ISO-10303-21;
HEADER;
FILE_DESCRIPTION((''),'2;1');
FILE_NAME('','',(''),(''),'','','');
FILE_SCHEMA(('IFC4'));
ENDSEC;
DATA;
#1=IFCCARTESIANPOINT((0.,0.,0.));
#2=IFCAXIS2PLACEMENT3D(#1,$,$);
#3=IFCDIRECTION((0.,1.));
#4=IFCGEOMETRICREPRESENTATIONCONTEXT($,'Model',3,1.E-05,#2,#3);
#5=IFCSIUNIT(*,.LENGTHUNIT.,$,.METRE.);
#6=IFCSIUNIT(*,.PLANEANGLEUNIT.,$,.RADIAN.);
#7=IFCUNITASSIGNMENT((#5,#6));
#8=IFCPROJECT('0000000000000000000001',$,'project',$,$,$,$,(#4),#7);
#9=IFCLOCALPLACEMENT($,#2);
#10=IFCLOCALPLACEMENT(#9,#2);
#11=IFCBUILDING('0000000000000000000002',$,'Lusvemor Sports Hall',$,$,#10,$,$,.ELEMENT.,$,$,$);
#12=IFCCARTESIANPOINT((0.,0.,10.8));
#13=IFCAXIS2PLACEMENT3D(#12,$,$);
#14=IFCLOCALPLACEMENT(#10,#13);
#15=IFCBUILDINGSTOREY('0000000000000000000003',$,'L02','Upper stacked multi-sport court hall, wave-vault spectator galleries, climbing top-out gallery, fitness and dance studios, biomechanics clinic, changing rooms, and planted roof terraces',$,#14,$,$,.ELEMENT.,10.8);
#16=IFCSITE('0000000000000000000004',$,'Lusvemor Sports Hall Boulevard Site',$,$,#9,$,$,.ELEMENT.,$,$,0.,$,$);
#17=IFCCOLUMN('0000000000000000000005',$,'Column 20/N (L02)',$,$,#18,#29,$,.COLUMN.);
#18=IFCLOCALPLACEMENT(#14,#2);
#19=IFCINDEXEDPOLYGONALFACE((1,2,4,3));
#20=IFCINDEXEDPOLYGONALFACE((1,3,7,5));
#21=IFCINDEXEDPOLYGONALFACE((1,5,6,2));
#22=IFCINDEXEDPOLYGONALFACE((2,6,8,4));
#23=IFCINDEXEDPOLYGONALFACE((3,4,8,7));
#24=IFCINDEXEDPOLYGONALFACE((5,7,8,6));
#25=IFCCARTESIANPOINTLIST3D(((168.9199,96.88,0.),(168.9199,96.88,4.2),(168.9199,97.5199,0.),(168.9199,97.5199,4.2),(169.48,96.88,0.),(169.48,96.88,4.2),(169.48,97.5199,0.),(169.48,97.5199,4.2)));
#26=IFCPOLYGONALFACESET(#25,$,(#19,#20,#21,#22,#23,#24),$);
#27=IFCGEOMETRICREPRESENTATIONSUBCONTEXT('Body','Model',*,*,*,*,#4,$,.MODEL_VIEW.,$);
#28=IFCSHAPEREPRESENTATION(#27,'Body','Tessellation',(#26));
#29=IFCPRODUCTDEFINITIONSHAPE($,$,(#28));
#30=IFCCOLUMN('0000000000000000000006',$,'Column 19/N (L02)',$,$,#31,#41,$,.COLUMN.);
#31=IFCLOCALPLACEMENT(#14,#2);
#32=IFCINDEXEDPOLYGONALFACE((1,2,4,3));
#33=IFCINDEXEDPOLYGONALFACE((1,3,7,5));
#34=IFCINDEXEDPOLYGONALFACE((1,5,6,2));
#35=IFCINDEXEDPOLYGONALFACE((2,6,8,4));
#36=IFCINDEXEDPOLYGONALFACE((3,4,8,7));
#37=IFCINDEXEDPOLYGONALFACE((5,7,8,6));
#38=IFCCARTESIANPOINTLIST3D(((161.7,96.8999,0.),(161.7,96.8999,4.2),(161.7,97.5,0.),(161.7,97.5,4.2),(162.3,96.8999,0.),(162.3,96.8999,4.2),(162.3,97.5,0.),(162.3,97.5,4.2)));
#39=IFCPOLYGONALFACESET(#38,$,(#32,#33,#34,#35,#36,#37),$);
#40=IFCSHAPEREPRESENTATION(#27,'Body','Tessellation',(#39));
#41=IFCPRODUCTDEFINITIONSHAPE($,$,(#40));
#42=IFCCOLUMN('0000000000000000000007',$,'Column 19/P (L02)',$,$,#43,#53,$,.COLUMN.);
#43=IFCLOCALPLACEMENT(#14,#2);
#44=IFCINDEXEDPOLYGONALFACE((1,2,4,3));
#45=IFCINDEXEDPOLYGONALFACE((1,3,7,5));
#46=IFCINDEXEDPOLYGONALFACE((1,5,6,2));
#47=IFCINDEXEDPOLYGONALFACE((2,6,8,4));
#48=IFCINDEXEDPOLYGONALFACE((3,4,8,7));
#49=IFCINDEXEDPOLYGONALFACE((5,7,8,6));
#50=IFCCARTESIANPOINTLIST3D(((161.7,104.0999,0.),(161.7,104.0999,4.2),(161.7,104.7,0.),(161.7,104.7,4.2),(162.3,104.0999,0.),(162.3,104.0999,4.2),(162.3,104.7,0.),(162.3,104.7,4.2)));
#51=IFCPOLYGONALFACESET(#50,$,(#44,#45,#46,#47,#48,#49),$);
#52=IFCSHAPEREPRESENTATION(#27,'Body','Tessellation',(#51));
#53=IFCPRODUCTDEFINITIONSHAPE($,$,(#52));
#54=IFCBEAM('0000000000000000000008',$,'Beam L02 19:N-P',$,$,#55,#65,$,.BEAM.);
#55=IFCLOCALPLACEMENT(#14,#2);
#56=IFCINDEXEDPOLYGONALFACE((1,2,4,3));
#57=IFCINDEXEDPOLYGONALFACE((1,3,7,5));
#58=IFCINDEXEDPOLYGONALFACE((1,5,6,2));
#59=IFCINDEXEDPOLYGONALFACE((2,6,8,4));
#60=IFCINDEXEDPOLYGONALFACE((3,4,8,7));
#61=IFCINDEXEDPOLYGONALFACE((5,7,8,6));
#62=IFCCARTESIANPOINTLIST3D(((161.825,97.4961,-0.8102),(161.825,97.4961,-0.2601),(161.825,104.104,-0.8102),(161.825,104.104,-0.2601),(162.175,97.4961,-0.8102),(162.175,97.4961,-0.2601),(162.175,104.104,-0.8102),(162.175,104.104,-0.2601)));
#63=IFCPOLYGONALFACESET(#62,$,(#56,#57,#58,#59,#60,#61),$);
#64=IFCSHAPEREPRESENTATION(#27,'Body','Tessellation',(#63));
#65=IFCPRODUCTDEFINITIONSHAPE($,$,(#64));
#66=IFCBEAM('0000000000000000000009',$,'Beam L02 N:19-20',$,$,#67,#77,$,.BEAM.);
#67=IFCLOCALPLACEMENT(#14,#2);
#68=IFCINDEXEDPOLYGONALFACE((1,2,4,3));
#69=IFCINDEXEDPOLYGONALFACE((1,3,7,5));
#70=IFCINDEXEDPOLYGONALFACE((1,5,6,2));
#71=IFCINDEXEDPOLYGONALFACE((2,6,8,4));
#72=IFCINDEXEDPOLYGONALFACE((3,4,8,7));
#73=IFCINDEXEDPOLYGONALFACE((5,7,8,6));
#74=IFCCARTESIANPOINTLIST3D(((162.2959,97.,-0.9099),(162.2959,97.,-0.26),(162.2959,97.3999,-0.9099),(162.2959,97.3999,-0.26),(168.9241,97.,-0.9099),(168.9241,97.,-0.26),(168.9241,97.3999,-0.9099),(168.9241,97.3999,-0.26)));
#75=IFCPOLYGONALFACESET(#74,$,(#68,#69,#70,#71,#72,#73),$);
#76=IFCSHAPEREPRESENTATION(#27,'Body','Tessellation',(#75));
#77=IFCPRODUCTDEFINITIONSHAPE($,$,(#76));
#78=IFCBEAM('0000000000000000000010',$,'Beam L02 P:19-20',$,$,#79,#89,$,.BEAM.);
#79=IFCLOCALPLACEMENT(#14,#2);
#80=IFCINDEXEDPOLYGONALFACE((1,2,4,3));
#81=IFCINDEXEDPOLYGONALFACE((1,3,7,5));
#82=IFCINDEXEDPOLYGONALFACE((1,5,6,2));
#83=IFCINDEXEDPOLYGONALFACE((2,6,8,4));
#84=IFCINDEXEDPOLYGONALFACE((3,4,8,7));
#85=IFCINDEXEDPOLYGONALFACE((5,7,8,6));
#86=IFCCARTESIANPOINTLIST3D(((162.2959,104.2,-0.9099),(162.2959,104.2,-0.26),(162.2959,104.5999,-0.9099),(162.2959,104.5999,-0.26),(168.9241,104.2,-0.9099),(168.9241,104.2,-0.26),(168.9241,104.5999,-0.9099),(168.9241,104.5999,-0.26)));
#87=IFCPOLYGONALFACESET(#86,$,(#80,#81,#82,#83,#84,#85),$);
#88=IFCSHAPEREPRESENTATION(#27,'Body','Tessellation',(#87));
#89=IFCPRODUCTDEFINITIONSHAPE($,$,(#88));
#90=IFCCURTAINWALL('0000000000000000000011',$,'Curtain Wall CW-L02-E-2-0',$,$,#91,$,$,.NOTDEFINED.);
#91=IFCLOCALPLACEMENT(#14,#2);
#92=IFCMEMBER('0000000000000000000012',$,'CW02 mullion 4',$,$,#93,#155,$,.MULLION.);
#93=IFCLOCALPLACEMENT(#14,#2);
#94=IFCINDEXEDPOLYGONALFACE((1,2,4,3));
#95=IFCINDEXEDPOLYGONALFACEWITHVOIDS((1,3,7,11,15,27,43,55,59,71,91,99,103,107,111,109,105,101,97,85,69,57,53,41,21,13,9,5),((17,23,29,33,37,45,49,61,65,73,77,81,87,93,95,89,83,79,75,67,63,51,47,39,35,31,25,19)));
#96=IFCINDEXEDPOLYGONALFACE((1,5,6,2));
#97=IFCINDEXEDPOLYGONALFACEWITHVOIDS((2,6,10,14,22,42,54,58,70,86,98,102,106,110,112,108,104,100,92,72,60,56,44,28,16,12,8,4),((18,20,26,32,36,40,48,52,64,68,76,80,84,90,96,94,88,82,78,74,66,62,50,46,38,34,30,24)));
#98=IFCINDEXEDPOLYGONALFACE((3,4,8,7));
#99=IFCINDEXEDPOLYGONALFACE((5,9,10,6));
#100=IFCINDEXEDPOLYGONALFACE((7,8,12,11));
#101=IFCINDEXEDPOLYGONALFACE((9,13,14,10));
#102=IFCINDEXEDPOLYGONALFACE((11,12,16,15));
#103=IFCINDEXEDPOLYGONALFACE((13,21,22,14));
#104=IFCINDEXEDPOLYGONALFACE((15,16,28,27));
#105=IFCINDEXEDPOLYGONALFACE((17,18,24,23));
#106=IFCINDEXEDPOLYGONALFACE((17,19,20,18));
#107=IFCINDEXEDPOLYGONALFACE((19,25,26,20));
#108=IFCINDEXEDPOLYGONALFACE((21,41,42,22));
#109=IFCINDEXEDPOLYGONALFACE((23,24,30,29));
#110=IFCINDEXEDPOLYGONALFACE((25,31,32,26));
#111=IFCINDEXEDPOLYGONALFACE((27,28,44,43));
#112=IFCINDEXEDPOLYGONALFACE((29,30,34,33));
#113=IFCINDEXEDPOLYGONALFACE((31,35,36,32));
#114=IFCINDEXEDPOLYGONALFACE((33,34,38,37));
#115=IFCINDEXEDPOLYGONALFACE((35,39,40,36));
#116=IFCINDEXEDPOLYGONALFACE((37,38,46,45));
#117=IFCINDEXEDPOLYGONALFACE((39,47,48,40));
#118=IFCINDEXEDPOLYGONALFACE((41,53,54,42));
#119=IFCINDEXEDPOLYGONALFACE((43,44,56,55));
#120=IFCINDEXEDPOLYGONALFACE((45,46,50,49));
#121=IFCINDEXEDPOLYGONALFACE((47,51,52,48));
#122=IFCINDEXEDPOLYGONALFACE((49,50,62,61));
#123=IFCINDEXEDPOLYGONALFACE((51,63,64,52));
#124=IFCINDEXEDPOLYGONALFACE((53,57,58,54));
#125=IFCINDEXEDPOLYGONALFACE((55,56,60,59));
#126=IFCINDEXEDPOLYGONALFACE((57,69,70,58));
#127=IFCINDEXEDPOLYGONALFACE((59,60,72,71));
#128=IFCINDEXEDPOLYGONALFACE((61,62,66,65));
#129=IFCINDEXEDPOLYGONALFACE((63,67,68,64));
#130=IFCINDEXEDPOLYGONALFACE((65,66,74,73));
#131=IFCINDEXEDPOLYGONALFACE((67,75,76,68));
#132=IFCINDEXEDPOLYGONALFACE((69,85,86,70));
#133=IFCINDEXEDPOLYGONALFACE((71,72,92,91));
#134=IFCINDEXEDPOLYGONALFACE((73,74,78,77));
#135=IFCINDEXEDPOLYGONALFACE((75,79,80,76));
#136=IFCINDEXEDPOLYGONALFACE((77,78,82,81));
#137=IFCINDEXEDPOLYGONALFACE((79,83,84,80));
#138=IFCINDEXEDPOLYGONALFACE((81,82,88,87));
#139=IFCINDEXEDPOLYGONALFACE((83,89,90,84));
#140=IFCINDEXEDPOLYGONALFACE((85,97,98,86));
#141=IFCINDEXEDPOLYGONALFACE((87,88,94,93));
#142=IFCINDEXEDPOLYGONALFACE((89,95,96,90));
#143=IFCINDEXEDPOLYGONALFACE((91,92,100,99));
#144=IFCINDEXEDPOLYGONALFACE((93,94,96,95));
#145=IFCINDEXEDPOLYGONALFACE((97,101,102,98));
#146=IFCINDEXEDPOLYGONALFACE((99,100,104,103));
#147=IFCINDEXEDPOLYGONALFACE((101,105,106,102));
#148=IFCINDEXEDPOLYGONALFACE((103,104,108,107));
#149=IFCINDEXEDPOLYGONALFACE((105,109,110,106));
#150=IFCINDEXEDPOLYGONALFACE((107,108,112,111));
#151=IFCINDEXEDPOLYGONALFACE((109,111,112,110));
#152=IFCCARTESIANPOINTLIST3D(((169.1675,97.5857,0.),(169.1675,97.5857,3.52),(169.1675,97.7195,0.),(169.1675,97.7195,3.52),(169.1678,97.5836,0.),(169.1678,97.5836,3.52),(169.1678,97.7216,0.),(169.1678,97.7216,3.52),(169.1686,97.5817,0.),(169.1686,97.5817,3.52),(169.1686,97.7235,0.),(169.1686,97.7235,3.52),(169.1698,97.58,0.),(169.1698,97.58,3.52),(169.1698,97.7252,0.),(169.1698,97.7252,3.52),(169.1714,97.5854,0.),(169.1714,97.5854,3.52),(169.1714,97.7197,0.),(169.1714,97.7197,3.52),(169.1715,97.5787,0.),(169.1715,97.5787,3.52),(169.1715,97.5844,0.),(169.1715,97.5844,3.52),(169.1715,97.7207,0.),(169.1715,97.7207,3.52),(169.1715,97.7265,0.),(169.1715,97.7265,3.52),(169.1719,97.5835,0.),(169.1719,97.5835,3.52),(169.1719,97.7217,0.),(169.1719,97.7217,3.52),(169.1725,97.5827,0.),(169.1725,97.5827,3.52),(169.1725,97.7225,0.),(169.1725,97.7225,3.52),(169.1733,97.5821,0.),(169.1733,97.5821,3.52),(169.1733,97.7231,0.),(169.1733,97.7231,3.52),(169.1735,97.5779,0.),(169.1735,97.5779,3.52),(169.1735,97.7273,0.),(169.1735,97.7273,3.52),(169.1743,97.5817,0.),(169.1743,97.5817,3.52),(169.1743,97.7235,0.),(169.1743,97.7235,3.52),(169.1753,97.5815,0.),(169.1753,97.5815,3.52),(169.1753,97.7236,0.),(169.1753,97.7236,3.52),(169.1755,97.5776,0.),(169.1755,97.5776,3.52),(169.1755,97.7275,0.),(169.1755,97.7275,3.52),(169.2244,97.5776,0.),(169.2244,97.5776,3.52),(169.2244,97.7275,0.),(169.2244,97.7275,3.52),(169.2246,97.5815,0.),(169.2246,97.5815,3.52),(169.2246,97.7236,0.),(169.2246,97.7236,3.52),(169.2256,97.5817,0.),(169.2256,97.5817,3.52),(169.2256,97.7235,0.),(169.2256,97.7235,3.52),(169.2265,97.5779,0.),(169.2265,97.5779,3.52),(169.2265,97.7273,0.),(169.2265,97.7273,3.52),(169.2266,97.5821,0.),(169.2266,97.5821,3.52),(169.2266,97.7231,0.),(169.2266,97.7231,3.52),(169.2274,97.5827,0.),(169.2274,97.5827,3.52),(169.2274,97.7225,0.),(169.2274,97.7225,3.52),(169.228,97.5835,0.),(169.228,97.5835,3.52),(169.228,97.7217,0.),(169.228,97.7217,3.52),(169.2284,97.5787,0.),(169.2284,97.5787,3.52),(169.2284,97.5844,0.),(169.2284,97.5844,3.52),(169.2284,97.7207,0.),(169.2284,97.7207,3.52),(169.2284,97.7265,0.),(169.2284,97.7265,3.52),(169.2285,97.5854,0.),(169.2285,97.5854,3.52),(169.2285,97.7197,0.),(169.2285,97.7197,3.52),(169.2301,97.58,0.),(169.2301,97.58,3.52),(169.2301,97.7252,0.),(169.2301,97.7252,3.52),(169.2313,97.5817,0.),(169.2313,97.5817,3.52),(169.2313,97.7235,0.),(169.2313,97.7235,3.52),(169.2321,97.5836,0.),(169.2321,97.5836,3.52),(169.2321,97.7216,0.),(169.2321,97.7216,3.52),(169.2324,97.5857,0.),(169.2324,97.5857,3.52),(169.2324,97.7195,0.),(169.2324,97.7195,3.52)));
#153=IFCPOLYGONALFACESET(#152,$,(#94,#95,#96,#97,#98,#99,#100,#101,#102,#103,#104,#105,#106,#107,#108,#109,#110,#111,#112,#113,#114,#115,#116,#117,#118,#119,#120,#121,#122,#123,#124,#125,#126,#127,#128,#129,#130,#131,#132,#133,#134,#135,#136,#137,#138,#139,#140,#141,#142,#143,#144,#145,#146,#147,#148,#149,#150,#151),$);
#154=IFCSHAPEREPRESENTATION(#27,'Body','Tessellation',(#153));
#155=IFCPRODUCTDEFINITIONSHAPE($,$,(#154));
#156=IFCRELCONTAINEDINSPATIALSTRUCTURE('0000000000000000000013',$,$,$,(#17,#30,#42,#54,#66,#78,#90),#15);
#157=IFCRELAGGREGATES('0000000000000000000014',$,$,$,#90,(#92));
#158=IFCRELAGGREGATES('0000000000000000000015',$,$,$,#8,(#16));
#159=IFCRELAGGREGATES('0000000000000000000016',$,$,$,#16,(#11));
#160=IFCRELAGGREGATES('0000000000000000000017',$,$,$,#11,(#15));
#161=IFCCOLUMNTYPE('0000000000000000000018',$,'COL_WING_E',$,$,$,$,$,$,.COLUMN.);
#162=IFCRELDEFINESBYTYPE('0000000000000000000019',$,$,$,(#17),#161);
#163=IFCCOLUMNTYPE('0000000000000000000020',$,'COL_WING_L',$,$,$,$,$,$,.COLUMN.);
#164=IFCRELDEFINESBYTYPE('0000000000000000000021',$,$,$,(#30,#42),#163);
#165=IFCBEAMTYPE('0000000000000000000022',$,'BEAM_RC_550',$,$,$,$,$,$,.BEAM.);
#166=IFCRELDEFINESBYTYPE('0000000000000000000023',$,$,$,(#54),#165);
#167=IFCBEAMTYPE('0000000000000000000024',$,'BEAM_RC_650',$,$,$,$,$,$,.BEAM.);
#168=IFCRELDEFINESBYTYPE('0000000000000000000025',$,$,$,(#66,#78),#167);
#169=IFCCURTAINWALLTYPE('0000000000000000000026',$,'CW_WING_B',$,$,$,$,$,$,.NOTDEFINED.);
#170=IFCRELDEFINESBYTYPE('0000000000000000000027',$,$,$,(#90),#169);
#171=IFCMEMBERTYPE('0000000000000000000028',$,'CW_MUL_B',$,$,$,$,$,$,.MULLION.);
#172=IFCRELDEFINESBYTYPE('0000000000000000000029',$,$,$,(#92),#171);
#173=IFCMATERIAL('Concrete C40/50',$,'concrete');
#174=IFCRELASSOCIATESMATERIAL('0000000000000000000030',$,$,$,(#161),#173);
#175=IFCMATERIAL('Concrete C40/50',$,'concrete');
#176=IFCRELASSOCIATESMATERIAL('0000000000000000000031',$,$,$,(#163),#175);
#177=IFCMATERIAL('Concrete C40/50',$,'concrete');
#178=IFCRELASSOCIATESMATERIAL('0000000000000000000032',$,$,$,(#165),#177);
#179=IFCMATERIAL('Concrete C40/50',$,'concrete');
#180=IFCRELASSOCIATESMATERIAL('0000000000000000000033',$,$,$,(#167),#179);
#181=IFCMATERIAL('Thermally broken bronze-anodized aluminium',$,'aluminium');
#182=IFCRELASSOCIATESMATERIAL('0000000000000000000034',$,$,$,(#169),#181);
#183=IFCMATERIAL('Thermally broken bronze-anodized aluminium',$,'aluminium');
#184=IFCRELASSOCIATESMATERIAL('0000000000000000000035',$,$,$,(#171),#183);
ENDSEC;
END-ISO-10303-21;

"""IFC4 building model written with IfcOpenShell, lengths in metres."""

from ifc_helpers import new_model, si_unit, direction, frame, origin, origin_2d, place, context, subcontext, project, spatial, rectangle, hollow_rectangle, extrude, material, material_profile, profile_set, type_object, element, aggregate, save


model = new_model("IFC4")

# Units and contexts
model_context = context("Model", 3, precision=1e-05, world=origin(), true_north=direction((0.0, 1.0)))
body_context = subcontext(model_context, "Body", "Model", "MODEL_VIEW")
ifc_project = project(units=[si_unit("LENGTHUNIT", "METRE"), si_unit("PLANEANGLEUNIT", "RADIAN")], contexts=[model_context])

# Site, building, storey
site_placement = place(None, origin())
site = spatial("IfcSite", under=ifc_project, at=site_placement, Name="Lusvemor Sports Hall Boulevard Site", CompositionType="ELEMENT", RefElevation=0.0)
building_placement = place(site_placement, origin())
building = spatial("IfcBuilding", under=site, at=building_placement, Name="Lusvemor Sports Hall", CompositionType="ELEMENT")
storey_placement = place(building_placement, frame((0.0, 0.0, 10.8)))
storey = spatial("IfcBuildingStorey", under=building, at=storey_placement, Name="L02", Description="Upper stacked multi-sport court hall, wave-vault spectator galleries, climbing top-out gallery, fitness and dance studios, biomechanics clinic, changing rooms, and planted roof terraces", CompositionType="ELEMENT", Elevation=10.8)

# Columns
ifc_material_1 = material(Name="Concrete C40/50", Category="concrete")
ifc_material_profile_1 = material_profile(ifc_material_1, rectangle(XDim=0.5601, YDim=0.6399, at=origin_2d()), Name="RC560x640")
ifc_profile_set_1 = profile_set([ifc_material_profile_1], Name="Concrete C40/50")
column_type_1 = type_object("IfcColumnType", Name="COL_WING_E", PredefinedType="COLUMN", material=ifc_profile_set_1)
column_placement = place(storey_placement, frame((169.2, 97.2, 0.0), z_axis=(0.0, 0.0, 1.0), x_axis=(1.0, 0.0, 0.0)))
element("IfcColumn", 1, at=column_placement, inside=storey, type_object=column_type_1, Name="Column 20/N (L02)", PredefinedType="COLUMN", context=body_context, shape_type="SweptSolid", body=[
    extrude(rectangle(XDim=0.5601, YDim=0.6399, at=origin_2d()), origin(), (0.0, 0.0, 1.0), 4.2),
])
ifc_material_2 = material(Name="Concrete C40/50", Category="concrete")
ifc_material_profile_2 = material_profile(ifc_material_2, rectangle(XDim=0.6001, YDim=0.6001, at=origin_2d()), Name="RC600x600")
ifc_profile_set_2 = profile_set([ifc_material_profile_2], Name="Concrete C40/50")
column_type_2 = type_object("IfcColumnType", Name="COL_WING_L", PredefinedType="COLUMN", material=ifc_profile_set_2)
for number, where, z_axis, x_axis, name in (
    (2, (162.0, 97.2, 0.0), (0.0, 0.0, 1.0), (1.0, 0.0, 0.0), "Column 19/N (L02)"),
    (3, (162.0, 104.3999, 0.0), (0.0, 0.0, 1.0), (1.0, 0.0, 0.0), "Column 19/P (L02)"),
):
    element("IfcColumn", number, at=place(storey_placement, frame(where, z_axis=z_axis, x_axis=x_axis)), inside=storey, type_object=column_type_2, Name=name, PredefinedType="COLUMN", context=body_context, shape_type="SweptSolid", body=[
        extrude(rectangle(XDim=0.6001, YDim=0.6001, at=origin_2d()), origin(), (0.0, 0.0, 1.0), 4.2),
    ])

# Beams
ifc_material_3 = material(Name="Concrete C40/50", Category="concrete")
ifc_material_profile_3 = material_profile(ifc_material_3, rectangle(XDim=0.3501, YDim=0.55, at=origin_2d()), Name="RC350x550")
ifc_profile_set_3 = profile_set([ifc_material_profile_3], Name="Concrete C40/50")
beam_type_1 = type_object("IfcBeamType", Name="BEAM_RC_550", PredefinedType="BEAM", material=ifc_profile_set_3)
beam_1_placement = place(storey_placement, frame((162.0, 97.4961, -0.5352), z_axis=(0.0, 1.0, 0.0), x_axis=(-1.0, 0.0, 0.0)))
element("IfcBeam", 4, at=beam_1_placement, inside=storey, type_object=beam_type_1, Name="Beam L02 19:N-P", PredefinedType="BEAM", context=body_context, shape_type="SweptSolid", body=[
    extrude(rectangle(XDim=0.3501, YDim=0.55, at=origin_2d()), origin(), (0.0, 0.0, 1.0), 6.6079),
])
ifc_material_4 = material(Name="Concrete C40/50", Category="concrete")
ifc_material_profile_4 = material_profile(ifc_material_4, rectangle(XDim=0.3999, YDim=0.6499, at=origin_2d()), Name="RC400x650")
ifc_profile_set_4 = profile_set([ifc_material_profile_4], Name="Concrete C40/50")
beam_type_2 = type_object("IfcBeamType", Name="BEAM_RC_650", PredefinedType="BEAM", material=ifc_profile_set_4)
for number, where, z_axis, x_axis, name in (
    (5, (162.2959, 97.2, -0.585), (1.0, 0.0, 0.0), (0.0, 1.0, 0.0), "Beam L02 N:19-20"),
    (6, (162.2959, 104.3999, -0.585), (1.0, 0.0, 0.0), (0.0, 1.0, 0.0), "Beam L02 P:19-20"),
):
    element("IfcBeam", number, at=place(storey_placement, frame(where, z_axis=z_axis, x_axis=x_axis)), inside=storey, type_object=beam_type_2, Name=name, PredefinedType="BEAM", context=body_context, shape_type="SweptSolid", body=[
        extrude(rectangle(XDim=0.3999, YDim=0.6499, at=origin_2d()), origin(), (0.0, 0.0, 1.0), 6.6282),
    ])

# Curtain wall, member
ifc_material_5 = material(Name="Thermally broken bronze-anodized aluminium", Category="aluminium")
curtain_wall_type = type_object("IfcCurtainWallType", Name="CW_WING_B", PredefinedType="NOTDEFINED", material=ifc_material_5)
curtain_wall_1_placement = place(storey_placement, origin())
curtain_wall_1 = element("IfcCurtainWall", 7, at=curtain_wall_1_placement, inside=storey, type_object=curtain_wall_type, Name="Curtain Wall CW-L02-E-2-0", PredefinedType="NOTDEFINED")
ifc_material_6 = material(Name="Thermally broken bronze-anodized aluminium", Category="aluminium")
ifc_material_profile_5 = material_profile(ifc_material_6, hollow_rectangle(XDim=0.0649, YDim=0.1499, WallThickness=0.0039, InnerFilletRadius=0.0039, OuterFilletRadius=0.0081, at=origin_2d()), Name="CWMUL150x65x4")
ifc_profile_set_5 = profile_set([ifc_material_profile_5], Name="Thermally broken bronze-anodized aluminium")
member_type_1 = type_object("IfcMemberType", Name="CW_MUL_B", PredefinedType="MULLION", material=ifc_profile_set_5)
member_1_placement = place(storey_placement, frame((169.2, 97.6526, 0.0), z_axis=(0.0, 0.0, 1.0), x_axis=(1.0, 0.0, 0.0)))
member_1 = element("IfcMember", 8, at=member_1_placement, type_object=member_type_1, Name="CW02 mullion 4", PredefinedType="MULLION", context=body_context, shape_type="SweptSolid", body=[
    extrude(hollow_rectangle(XDim=0.0649, YDim=0.1499, WallThickness=0.0039, InnerFilletRadius=0.0039, OuterFilletRadius=0.0081, at=origin_2d()), origin(), (0.0, 0.0, 1.0), 3.52),
])

aggregate(curtain_wall_1, [member_1])

save(model, "model.ifc")
